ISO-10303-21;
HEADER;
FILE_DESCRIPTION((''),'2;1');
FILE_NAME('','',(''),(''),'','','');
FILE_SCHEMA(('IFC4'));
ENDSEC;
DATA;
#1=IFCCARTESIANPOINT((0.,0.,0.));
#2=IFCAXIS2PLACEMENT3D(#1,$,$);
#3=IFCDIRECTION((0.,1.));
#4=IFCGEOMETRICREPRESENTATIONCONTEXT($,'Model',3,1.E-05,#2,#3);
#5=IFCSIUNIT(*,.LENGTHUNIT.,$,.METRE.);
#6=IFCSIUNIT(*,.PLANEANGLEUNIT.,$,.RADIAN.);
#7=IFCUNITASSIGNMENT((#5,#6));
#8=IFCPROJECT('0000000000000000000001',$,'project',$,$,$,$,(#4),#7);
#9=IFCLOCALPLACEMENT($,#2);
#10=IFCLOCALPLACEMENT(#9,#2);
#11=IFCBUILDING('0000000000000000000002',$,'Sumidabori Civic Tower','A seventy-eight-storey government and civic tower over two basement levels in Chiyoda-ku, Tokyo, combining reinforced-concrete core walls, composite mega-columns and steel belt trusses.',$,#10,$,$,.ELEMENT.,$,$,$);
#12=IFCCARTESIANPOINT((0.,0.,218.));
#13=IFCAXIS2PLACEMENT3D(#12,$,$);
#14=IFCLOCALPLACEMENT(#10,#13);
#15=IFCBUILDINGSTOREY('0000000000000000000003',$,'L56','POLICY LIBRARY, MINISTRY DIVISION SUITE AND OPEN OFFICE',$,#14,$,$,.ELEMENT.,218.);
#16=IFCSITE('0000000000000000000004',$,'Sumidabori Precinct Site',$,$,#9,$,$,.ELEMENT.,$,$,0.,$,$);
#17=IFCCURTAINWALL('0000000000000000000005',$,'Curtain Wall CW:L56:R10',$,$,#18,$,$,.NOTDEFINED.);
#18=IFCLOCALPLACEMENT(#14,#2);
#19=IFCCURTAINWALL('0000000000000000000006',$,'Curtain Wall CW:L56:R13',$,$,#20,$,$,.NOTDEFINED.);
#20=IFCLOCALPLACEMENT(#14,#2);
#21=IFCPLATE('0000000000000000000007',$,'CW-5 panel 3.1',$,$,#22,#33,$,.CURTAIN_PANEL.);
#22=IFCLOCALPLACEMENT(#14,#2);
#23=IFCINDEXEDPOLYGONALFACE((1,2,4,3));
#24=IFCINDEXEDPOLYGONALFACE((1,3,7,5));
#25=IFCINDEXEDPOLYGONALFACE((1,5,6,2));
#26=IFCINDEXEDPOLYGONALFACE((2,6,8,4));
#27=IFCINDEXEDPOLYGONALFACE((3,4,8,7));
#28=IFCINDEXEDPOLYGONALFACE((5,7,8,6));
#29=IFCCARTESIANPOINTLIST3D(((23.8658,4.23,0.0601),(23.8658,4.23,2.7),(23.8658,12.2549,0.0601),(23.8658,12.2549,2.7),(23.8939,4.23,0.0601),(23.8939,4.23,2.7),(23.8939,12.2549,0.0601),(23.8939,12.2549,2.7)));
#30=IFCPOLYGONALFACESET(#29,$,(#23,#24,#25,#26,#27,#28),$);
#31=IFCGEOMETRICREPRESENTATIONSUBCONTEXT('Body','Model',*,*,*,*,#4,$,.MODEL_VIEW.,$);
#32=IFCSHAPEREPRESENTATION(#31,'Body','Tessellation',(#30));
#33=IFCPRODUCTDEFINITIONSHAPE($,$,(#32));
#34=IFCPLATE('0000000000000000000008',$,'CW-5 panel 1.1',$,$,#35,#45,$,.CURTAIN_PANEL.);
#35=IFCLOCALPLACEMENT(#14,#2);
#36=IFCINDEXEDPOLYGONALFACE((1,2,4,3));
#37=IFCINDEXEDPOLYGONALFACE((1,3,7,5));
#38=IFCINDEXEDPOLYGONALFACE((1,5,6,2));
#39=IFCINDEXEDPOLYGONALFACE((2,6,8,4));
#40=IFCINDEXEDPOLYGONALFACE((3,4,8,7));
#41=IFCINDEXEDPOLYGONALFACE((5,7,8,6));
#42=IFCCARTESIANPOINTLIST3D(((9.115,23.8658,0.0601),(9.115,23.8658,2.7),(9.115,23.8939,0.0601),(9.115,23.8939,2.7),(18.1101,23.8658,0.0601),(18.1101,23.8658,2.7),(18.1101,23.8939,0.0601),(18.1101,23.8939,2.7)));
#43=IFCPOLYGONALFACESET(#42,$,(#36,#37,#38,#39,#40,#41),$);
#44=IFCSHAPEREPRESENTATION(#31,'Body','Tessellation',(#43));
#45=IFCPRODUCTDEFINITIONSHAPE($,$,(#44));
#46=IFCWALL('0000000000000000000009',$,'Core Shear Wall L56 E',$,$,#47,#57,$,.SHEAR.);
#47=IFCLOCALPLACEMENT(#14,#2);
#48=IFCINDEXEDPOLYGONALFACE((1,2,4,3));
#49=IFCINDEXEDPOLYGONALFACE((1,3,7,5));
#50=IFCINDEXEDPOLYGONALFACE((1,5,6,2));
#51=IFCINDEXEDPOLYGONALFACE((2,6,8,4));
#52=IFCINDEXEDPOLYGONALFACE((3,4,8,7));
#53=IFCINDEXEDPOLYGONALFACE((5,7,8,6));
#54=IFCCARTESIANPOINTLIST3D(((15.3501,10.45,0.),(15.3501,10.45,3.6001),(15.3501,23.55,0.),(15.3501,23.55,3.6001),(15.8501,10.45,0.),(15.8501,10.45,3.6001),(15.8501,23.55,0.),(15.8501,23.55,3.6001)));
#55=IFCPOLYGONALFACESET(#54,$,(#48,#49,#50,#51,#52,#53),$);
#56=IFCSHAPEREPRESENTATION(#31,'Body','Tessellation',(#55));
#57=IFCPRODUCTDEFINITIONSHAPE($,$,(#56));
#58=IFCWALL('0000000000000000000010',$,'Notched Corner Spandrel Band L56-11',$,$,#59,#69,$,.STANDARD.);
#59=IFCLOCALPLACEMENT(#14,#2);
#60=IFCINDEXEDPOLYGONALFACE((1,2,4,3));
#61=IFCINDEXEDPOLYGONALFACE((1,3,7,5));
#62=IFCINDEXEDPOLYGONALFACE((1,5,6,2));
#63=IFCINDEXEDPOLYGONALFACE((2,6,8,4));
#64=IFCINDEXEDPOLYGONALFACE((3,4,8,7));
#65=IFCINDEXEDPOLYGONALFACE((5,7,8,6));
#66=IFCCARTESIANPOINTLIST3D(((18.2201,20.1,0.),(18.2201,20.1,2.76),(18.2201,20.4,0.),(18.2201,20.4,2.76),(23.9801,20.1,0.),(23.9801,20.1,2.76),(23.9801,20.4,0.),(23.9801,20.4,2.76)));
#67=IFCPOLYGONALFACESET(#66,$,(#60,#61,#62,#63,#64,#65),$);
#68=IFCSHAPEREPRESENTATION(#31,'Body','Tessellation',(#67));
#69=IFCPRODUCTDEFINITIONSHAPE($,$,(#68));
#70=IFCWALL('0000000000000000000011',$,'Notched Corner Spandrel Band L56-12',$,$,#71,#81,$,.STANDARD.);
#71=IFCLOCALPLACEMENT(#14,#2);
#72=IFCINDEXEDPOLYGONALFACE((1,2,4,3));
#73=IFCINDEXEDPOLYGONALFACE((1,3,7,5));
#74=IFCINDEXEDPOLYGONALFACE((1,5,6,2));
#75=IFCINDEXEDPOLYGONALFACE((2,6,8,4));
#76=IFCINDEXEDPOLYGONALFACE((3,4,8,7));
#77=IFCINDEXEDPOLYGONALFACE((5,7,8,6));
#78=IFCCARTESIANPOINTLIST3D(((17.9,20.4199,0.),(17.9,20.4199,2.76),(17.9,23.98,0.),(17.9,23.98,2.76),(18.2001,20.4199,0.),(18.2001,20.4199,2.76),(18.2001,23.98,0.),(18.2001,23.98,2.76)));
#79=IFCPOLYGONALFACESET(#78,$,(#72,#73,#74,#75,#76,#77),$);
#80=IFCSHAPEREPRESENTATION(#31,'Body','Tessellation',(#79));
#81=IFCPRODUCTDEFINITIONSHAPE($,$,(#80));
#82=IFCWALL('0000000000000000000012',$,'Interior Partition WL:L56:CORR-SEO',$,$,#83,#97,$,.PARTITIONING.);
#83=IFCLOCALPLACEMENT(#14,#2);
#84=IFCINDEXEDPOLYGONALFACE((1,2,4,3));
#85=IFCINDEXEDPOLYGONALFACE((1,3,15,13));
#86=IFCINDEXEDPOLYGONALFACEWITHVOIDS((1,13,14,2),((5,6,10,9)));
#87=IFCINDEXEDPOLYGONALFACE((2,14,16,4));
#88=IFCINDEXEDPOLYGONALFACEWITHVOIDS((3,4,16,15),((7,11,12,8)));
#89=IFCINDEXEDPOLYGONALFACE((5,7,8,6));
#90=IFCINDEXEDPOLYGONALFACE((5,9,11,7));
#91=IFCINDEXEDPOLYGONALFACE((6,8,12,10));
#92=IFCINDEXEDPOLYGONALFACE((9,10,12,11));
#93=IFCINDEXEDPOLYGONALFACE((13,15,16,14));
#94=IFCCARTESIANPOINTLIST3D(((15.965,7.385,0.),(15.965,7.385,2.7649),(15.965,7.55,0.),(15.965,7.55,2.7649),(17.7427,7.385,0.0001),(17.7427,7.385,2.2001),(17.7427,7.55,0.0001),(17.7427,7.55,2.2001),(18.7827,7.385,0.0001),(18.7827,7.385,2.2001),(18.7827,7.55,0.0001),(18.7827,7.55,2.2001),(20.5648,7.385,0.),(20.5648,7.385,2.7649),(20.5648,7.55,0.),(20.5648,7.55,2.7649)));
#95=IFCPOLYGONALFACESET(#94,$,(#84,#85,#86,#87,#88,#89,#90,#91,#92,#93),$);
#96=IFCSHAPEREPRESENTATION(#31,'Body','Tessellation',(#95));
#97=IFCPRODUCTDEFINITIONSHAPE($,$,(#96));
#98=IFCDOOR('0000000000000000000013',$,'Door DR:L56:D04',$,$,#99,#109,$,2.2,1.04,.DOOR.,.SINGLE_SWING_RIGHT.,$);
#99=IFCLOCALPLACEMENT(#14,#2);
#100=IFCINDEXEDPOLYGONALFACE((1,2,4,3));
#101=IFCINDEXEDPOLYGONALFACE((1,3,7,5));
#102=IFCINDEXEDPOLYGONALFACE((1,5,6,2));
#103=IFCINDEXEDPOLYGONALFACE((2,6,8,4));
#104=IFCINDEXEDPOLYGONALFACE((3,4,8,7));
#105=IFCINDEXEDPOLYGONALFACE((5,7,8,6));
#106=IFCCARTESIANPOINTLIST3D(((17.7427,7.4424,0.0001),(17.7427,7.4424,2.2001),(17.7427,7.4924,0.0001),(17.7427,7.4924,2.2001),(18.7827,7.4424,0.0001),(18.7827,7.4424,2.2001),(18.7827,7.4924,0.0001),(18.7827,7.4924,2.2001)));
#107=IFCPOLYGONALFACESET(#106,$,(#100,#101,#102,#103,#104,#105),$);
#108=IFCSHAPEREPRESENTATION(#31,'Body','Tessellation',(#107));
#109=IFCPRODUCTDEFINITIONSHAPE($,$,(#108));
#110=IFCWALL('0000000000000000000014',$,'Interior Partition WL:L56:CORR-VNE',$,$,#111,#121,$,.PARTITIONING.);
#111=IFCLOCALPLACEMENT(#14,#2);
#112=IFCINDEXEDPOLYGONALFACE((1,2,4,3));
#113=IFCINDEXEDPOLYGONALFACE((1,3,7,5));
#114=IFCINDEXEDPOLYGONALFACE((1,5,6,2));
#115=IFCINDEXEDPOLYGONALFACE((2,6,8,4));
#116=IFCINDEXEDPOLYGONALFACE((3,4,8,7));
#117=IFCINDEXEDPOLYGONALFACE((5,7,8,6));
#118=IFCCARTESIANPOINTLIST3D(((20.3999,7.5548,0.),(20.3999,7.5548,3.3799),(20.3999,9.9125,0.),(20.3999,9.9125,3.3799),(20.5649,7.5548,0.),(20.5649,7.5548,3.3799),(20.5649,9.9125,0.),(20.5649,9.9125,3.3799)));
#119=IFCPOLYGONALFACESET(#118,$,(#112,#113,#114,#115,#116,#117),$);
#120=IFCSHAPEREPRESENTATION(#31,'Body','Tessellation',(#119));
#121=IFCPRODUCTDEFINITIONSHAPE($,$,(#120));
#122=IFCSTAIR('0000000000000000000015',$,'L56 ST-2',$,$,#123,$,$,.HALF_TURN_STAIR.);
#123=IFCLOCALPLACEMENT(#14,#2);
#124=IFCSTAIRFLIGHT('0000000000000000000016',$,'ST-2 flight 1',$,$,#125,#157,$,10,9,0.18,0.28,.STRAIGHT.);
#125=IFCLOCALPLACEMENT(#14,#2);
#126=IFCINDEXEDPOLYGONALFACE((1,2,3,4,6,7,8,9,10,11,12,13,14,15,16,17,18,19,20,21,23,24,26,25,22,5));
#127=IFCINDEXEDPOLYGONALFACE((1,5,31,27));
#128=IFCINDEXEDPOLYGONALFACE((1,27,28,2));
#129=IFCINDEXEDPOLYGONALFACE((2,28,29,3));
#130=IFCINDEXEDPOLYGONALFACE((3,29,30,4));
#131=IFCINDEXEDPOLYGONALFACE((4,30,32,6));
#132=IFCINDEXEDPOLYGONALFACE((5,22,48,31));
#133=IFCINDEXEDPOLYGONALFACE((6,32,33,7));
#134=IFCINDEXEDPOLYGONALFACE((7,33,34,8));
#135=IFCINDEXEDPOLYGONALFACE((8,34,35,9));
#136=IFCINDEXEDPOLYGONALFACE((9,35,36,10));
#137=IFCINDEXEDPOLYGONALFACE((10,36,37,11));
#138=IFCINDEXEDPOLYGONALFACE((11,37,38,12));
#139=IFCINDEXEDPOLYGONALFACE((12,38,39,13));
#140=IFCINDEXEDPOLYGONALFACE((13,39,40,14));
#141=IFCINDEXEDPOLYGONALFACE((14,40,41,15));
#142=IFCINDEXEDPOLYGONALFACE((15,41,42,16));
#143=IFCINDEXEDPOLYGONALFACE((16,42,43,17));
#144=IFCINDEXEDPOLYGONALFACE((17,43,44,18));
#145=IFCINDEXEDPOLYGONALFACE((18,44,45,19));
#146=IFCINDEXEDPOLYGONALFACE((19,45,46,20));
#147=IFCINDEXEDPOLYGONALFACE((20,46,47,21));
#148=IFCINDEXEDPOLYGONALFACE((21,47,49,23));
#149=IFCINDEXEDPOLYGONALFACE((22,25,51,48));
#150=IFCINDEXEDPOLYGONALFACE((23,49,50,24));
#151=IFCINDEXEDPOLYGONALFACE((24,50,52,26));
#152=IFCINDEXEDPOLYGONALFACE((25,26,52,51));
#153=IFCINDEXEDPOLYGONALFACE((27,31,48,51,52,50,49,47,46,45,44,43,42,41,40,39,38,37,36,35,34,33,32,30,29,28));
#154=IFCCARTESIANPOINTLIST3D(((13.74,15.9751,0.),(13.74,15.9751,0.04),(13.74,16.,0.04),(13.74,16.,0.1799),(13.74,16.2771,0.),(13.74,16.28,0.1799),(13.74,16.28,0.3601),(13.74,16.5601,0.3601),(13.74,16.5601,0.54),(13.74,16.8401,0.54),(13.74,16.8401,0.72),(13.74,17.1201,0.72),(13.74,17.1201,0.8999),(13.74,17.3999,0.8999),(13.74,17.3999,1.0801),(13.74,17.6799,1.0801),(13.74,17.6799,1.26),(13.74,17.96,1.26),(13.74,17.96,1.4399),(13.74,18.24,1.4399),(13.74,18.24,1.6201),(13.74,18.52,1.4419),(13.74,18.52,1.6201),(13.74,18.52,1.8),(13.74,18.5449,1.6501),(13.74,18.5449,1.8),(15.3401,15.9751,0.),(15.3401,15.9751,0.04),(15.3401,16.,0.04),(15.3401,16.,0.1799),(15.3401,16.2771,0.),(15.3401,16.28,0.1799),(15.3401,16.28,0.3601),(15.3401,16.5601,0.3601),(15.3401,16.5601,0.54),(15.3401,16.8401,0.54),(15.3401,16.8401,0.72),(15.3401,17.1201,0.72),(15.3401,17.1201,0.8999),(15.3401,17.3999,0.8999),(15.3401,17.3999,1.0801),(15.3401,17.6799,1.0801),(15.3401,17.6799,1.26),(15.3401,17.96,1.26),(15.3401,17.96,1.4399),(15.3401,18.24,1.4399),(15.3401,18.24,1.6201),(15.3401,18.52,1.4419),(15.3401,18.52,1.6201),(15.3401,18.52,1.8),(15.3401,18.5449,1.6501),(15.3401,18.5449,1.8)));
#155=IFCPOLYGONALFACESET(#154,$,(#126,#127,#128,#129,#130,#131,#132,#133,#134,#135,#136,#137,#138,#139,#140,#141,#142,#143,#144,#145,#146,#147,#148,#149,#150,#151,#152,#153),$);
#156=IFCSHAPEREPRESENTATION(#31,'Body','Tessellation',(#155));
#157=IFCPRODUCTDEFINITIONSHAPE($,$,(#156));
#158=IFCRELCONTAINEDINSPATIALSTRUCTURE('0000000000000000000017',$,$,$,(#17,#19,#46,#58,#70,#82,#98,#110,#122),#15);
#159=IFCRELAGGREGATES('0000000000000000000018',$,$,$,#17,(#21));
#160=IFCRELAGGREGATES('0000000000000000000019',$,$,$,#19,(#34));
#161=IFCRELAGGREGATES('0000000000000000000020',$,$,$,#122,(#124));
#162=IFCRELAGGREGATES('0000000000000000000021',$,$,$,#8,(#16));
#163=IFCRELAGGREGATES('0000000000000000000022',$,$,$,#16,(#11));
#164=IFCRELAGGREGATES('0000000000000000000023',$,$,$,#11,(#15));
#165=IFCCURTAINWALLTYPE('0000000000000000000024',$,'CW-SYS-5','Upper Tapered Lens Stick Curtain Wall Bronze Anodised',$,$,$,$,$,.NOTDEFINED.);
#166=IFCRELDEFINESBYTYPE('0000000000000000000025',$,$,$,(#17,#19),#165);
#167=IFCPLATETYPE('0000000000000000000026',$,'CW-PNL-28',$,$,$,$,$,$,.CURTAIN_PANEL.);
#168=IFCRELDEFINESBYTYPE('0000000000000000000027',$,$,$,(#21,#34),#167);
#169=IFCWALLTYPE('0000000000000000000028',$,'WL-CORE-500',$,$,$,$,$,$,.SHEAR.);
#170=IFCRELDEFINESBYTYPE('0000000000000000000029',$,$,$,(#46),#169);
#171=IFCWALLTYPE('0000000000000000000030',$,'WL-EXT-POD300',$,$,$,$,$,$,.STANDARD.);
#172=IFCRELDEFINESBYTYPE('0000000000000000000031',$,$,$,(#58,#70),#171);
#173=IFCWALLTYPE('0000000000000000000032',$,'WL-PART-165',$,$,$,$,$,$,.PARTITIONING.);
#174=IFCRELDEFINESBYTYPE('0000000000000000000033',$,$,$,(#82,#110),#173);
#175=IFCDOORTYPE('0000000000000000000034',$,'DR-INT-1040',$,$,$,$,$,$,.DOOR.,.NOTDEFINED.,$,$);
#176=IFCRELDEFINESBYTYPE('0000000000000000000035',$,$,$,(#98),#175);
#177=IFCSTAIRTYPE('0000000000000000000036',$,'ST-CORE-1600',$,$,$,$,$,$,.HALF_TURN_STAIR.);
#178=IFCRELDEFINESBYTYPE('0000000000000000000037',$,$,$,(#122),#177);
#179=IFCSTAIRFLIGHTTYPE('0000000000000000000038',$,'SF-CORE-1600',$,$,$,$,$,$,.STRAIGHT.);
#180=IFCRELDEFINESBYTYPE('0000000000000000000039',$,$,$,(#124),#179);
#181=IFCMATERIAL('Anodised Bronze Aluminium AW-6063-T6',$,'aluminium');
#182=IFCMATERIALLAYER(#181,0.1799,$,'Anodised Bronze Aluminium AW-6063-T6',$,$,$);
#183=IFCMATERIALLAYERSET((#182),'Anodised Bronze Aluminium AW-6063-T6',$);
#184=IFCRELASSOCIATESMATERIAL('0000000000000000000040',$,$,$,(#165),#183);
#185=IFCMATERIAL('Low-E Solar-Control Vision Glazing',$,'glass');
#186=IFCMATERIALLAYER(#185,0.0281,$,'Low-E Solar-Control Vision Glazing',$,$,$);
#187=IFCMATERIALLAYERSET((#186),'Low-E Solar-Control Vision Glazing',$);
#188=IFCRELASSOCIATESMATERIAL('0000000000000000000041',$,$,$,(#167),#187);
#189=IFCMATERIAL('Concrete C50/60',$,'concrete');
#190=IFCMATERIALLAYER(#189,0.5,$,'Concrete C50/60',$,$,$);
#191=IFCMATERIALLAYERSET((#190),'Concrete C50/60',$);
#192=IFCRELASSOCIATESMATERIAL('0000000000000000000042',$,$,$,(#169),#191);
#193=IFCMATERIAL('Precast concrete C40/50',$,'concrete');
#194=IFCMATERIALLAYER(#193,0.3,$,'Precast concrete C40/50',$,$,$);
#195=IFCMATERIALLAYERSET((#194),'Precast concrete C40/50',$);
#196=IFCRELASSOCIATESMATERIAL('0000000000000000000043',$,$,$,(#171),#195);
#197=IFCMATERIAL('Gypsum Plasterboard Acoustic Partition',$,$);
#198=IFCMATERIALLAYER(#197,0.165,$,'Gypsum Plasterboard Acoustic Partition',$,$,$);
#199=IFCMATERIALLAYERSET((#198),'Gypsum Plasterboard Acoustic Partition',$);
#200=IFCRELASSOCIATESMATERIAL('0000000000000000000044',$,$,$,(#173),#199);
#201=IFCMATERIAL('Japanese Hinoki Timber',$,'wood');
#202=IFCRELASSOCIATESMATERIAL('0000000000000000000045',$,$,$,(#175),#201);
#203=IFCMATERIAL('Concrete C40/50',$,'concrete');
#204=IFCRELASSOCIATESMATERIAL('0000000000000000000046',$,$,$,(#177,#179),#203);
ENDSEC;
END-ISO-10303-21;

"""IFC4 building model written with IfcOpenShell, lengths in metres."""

from ifc_helpers import new_model, si_unit, direction, frame, frame_2d, origin, origin_2d, place, context, subcontext, project, spatial, polyline, rectangle, outline, extrude, source, transform, mapped, material, layer, layer_set, type_object, element, fill, aggregate, save


model = new_model("IFC4")

# Units and contexts
model_context = context("Model", 3, precision=1e-05, world=origin(), true_north=direction((0.0, 1.0)))
body_context = subcontext(model_context, "Body", "Model", "MODEL_VIEW")
ifc_project = project(units=[si_unit("LENGTHUNIT", "METRE"), si_unit("PLANEANGLEUNIT", "RADIAN")], contexts=[model_context])

# Site, building, storey
site_placement = place(None, origin())
site = spatial("IfcSite", under=ifc_project, at=site_placement, Name="Sumidabori Precinct Site", CompositionType="ELEMENT", RefElevation=0.0)
building_placement = place(site_placement, origin())
building = spatial("IfcBuilding", under=site, at=building_placement, Name="Sumidabori Civic Tower", Description="A seventy-eight-storey government and civic tower over two basement levels in Chiyoda-ku, Tokyo, combining reinforced-concrete core walls, composite mega-columns and steel belt trusses.", CompositionType="ELEMENT")
storey_placement = place(building_placement, frame((0.0, 0.0, 218.0)))
storey = spatial("IfcBuildingStorey", under=building, at=storey_placement, Name="L56", Description="POLICY LIBRARY, MINISTRY DIVISION SUITE AND OPEN OFFICE", CompositionType="ELEMENT", Elevation=218.0)

# Curtain wall
ifc_material_1 = material(Name="Anodised Bronze Aluminium AW-6063-T6", Category="aluminium")
ifc_layer_1 = layer(ifc_material_1, 0.1799, Name="Anodised Bronze Aluminium AW-6063-T6")
ifc_layer_set_1 = layer_set([ifc_layer_1], Name="Anodised Bronze Aluminium AW-6063-T6")
curtain_wall_type = type_object("IfcCurtainWallType", Name="CW-SYS-5", Description="Upper Tapered Lens Stick Curtain Wall Bronze Anodised", PredefinedType="NOTDEFINED", material=ifc_layer_set_1)
curtain_wall_1_placement = place(storey_placement, origin())
curtain_wall_1 = element("IfcCurtainWall", 1, at=curtain_wall_1_placement, inside=storey, type_object=curtain_wall_type, Name="Curtain Wall CW:L56:R10", PredefinedType="NOTDEFINED")

# Curtain wall
curtain_wall_2_placement = place(storey_placement, origin())
curtain_wall_2 = element("IfcCurtainWall", 2, at=curtain_wall_2_placement, inside=storey, type_object=curtain_wall_type, Name="Curtain Wall CW:L56:R13", PredefinedType="NOTDEFINED")

# Plates
ifc_material_2 = material(Name="Low-E Solar-Control Vision Glazing", Category="glass")
ifc_layer_2 = layer(ifc_material_2, 0.0281, Name="Low-E Solar-Control Vision Glazing")
ifc_layer_set_2 = layer_set([ifc_layer_2], Name="Low-E Solar-Control Vision Glazing")
plate_type = type_object("IfcPlateType", Name="CW-PNL-28", PredefinedType="CURTAIN_PANEL", material=ifc_layer_set_2)
shared_shape_1 = source(origin(), body_context, "Body", "SweptSolid", [
    extrude(rectangle(XDim=8.0249, YDim=0.0281, at=origin_2d()), origin(), (0.0, 0.0, 1.0), 2.6399),
])
plate_1_placement = place(storey_placement, frame((23.8799, 8.2424, 0.0601), z_axis=(0.0, 0.0, 1.0), x_axis=(0.0, 1.0, 0.0)))
plate_1 = element("IfcPlate", 3, at=plate_1_placement, type_object=plate_type, Name="CW-5 panel 3.1", PredefinedType="CURTAIN_PANEL", context=body_context, shape_type="MappedRepresentation", body=[
    mapped(shared_shape_1, transform((0.0, 0.0, 0.0), x_axis=(1.0, 0.0, 0.0), y_axis=(0.0, 1.0, 0.0), z_axis=(0.0, 0.0, 1.0), scale=1.0)),
])
aggregate(curtain_wall_1, [plate_1])
shared_shape_2 = source(origin(), body_context, "Body", "SweptSolid", [
    extrude(rectangle(XDim=8.9951, YDim=0.0281, at=origin_2d()), origin(), (0.0, 0.0, 1.0), 2.6399),
])
plate_2_placement = place(storey_placement, frame((13.6125, 23.8799, 0.0601), z_axis=(0.0, 0.0, 1.0), x_axis=(-1.0, 0.0, 0.0)))
plate_2 = element("IfcPlate", 4, at=plate_2_placement, type_object=plate_type, Name="CW-5 panel 1.1", PredefinedType="CURTAIN_PANEL", context=body_context, shape_type="MappedRepresentation", body=[
    mapped(shared_shape_2, transform((0.0, 0.0, 0.0), x_axis=(1.0, 0.0, 0.0), y_axis=(0.0, 1.0, 0.0), z_axis=(0.0, 0.0, 1.0), scale=1.0)),
])
aggregate(curtain_wall_2, [plate_2])

# Walls
ifc_material_3 = material(Name="Concrete C50/60", Category="concrete")
ifc_layer_3 = layer(ifc_material_3, 0.5, Name="Concrete C50/60")
ifc_layer_set_3 = layer_set([ifc_layer_3], Name="Concrete C50/60")
wall_type_1 = type_object("IfcWallType", Name="WL-CORE-500", PredefinedType="SHEAR", material=ifc_layer_set_3)
shared_shape_3 = source(origin(), body_context, "Body", "SweptSolid", [
    extrude(rectangle(XDim=13.1001, YDim=0.5, at=frame_2d((6.55, 0.0))), origin(), (0.0, 0.0, 1.0), 3.6001),
])
wall_1_placement = place(storey_placement, frame((15.6001, 10.45, 0.0), z_axis=(0.0, 0.0, 1.0), x_axis=(0.0, 1.0, 0.0)))
element("IfcWall", 5, at=wall_1_placement, inside=storey, type_object=wall_type_1, Name="Core Shear Wall L56 E", PredefinedType="SHEAR", context=body_context, shape_type="MappedRepresentation", body=[
    mapped(shared_shape_3, transform((0.0, 0.0, 0.0), x_axis=(1.0, 0.0, 0.0), y_axis=(0.0, 1.0, 0.0), z_axis=(0.0, 0.0, 1.0), scale=1.0)),
])
ifc_material_4 = material(Name="Precast concrete C40/50", Category="concrete")
ifc_layer_4 = layer(ifc_material_4, 0.3, Name="Precast concrete C40/50")
ifc_layer_set_4 = layer_set([ifc_layer_4], Name="Precast concrete C40/50")
wall_type_2 = type_object("IfcWallType", Name="WL-EXT-POD300", PredefinedType="STANDARD", material=ifc_layer_set_4)
shared_shape_4 = source(origin(), body_context, "Body", "SweptSolid", [
    extrude(rectangle(XDim=5.76, YDim=0.3, at=frame_2d((2.8799, 0.0))), origin(), (0.0, 0.0, 1.0), 2.76),
])
wall_2_placement = place(storey_placement, frame((23.98, 20.25, 0.0), z_axis=(0.0, 0.0, 1.0), x_axis=(-1.0, 0.0, 0.0)))
element("IfcWall", 6, at=wall_2_placement, inside=storey, type_object=wall_type_2, Name="Notched Corner Spandrel Band L56-11", PredefinedType="STANDARD", context=body_context, shape_type="MappedRepresentation", body=[
    mapped(shared_shape_4, transform((0.0, 0.0, 0.0), x_axis=(1.0, 0.0, 0.0), y_axis=(0.0, 1.0, 0.0), z_axis=(0.0, 0.0, 1.0), scale=1.0)),
])
shared_shape_5 = source(origin(), body_context, "Body", "SweptSolid", [
    extrude(rectangle(XDim=3.5601, YDim=0.3, at=frame_2d((1.78, 0.0))), origin(), (0.0, 0.0, 1.0), 2.76),
])
wall_3_placement = place(storey_placement, frame((18.05, 20.4199, 0.0), z_axis=(0.0, 0.0, 1.0), x_axis=(0.0, 1.0, 0.0)))
element("IfcWall", 7, at=wall_3_placement, inside=storey, type_object=wall_type_2, Name="Notched Corner Spandrel Band L56-12", PredefinedType="STANDARD", context=body_context, shape_type="MappedRepresentation", body=[
    mapped(shared_shape_5, transform((0.0, 0.0, 0.0), x_axis=(1.0, 0.0, 0.0), y_axis=(0.0, 1.0, 0.0), z_axis=(0.0, 0.0, 1.0), scale=1.0)),
])

# Wall, opening, door
ifc_material_5 = material(Name="Gypsum Plasterboard Acoustic Partition")
ifc_layer_5 = layer(ifc_material_5, 0.165, Name="Gypsum Plasterboard Acoustic Partition")
ifc_layer_set_5 = layer_set([ifc_layer_5], Name="Gypsum Plasterboard Acoustic Partition")
wall_type_3 = type_object("IfcWallType", Name="WL-PART-165", PredefinedType="PARTITIONING", material=ifc_layer_set_5)
ifc_material_6 = material(Name="Japanese Hinoki Timber", Category="wood")
shared_shape_6 = source(origin(), body_context, "Body", "SweptSolid", [
    extrude(rectangle(XDim=4.5999, YDim=0.165, at=frame_2d((2.2998, 0.0))), origin(), (0.0, 0.0, 1.0), 2.7649),
])
wall_4_placement = place(storey_placement, frame((15.9651, 7.4675, 0.0), z_axis=(0.0, 0.0, 1.0), x_axis=(1.0, 0.0, 0.0)))
wall_4 = element("IfcWall", 8, at=wall_4_placement, inside=storey, type_object=wall_type_3, Name="Interior Partition WL:L56:CORR-SEO", PredefinedType="PARTITIONING", context=body_context, shape_type="MappedRepresentation", body=[
    mapped(shared_shape_6, transform((0.0, 0.0, 0.0), x_axis=(1.0, 0.0, 0.0), y_axis=(0.0, 1.0, 0.0), z_axis=(0.0, 0.0, 1.0), scale=1.0)),
])
opening_1_placement = place(wall_4_placement, frame((1.7776, 0.0, 0.0)))
opening_1 = element("IfcOpeningElement", 9, at=opening_1_placement, cuts=wall_4, PredefinedType="OPENING", context=body_context, shape_type="SweptSolid", body=[
    extrude(rectangle(XDim=1.04, YDim=2.2, at=frame_2d((0.52, 1.1001))), frame((0.0, 0.0945, 0.0), z_axis=(0.0, -1.0, 0.0), x_axis=(1.0, 0.0, 0.0)), (0.0, 0.0, 1.0), 0.189),
])
door_type_1 = type_object("IfcDoorType", Name="DR-INT-1040", OperationType="NOTDEFINED", PredefinedType="DOOR", material=ifc_material_6)
shared_shape_7 = source(origin(), body_context, "Body", "SweptSolid", [
    extrude(rectangle(XDim=1.04, YDim=2.2, at=frame_2d((0.52, 1.1001))), frame((0.0, 0.0249, 0.0), z_axis=(0.0, -1.0, 0.0), x_axis=(1.0, 0.0, 0.0)), (0.0, 0.0, 1.0), 0.05),
])
door_1_placement = place(opening_1_placement, origin())
door_1 = element("IfcDoor", 10, at=door_1_placement, inside=storey, type_object=door_type_1, Name="Door DR:L56:D04", OperationType="SINGLE_SWING_RIGHT", OverallHeight=2.2, OverallWidth=1.04, PredefinedType="DOOR", context=body_context, shape_type="MappedRepresentation", body=[
    mapped(shared_shape_7, transform((0.0, 0.0, 0.0), x_axis=(1.0, 0.0, 0.0), y_axis=(0.0, 1.0, 0.0), z_axis=(0.0, 0.0, 1.0), scale=1.0)),
])
fill(opening_1, door_1)

# Wall
shared_shape_8 = source(origin(), body_context, "Body", "SweptSolid", [
    extrude(rectangle(XDim=2.3577, YDim=0.165, at=frame_2d((1.1787, 0.0))), origin(), (0.0, 0.0, 1.0), 3.3799),
])
wall_5_placement = place(storey_placement, frame((20.4824, 7.5549, 0.0), z_axis=(0.0, 0.0, 1.0), x_axis=(0.0, 1.0, 0.0)))
element("IfcWall", 11, at=wall_5_placement, inside=storey, type_object=wall_type_3, Name="Interior Partition WL:L56:CORR-VNE", PredefinedType="PARTITIONING", context=body_context, shape_type="MappedRepresentation", body=[
    mapped(shared_shape_8, transform((0.0, 0.0, 0.0), x_axis=(1.0, 0.0, 0.0), y_axis=(0.0, 1.0, 0.0), z_axis=(0.0, 0.0, 1.0), scale=1.0)),
])

# Stair, stair flight
ifc_material_7 = material(Name="Concrete C40/50", Category="concrete")
stair_type = type_object("IfcStairType", Name="ST-CORE-1600", PredefinedType="HALF_TURN_STAIR", material=ifc_material_7)
stair_placement = place(storey_placement, origin())
stair = element("IfcStair", 12, at=stair_placement, inside=storey, type_object=stair_type, Name="L56 ST-2", PredefinedType="HALF_TURN_STAIR")
stair_flight_type = type_object("IfcStairFlightType", Name="SF-CORE-1600", PredefinedType="STRAIGHT", material=ifc_material_7)
shared_shape_9 = source(origin(), body_context, "Body", "SweptSolid", [
    extrude(outline(polyline([(-0.0249, 0.0), (-0.0249, 0.04), (0.0, 0.04), (0.0, 0.1799), (0.28, 0.1799), (0.28, 0.3601), (0.5601, 0.3601), (0.5601, 0.54), (0.8401, 0.54), (0.8401, 0.72), (1.1201, 0.72), (1.1201, 0.8999), (1.3999, 0.8999), (1.3999, 1.0801), (1.6799, 1.0801), (1.6799, 1.26), (1.96, 1.26), (1.96, 1.4399), (2.24, 1.4399), (2.24, 1.6201), (2.52, 1.6201), (2.52, 1.8), (2.5449, 1.8), (2.5449, 1.6501), (2.52, 1.4419), (0.2771, 0.0), (-0.0249, 0.0)])), frame((0.0, 0.8, 0.0), z_axis=(0.0, -1.0, 0.0), x_axis=(1.0, 0.0, 0.0)), (0.0, 0.0, 1.0), 1.6001),
])
stair_flight_1_placement = place(storey_placement, frame((14.54, 16.0, 0.0), z_axis=(0.0, 0.0, 1.0), x_axis=(0.0, 1.0, 0.0)))
stair_flight_1 = element("IfcStairFlight", 13, at=stair_flight_1_placement, type_object=stair_flight_type, Name="ST-2 flight 1", NumberOfRisers=10, NumberOfTreads=9, PredefinedType="STRAIGHT", RiserHeight=0.18, TreadLength=0.28, context=body_context, shape_type="MappedRepresentation", body=[
    mapped(shared_shape_9, transform((0.0, 0.0, 0.0), x_axis=(1.0, 0.0, 0.0), y_axis=(0.0, 1.0, 0.0), z_axis=(0.0, 0.0, 1.0), scale=1.0)),
])
aggregate(stair, [stair_flight_1])

save(model, "model.ifc")
